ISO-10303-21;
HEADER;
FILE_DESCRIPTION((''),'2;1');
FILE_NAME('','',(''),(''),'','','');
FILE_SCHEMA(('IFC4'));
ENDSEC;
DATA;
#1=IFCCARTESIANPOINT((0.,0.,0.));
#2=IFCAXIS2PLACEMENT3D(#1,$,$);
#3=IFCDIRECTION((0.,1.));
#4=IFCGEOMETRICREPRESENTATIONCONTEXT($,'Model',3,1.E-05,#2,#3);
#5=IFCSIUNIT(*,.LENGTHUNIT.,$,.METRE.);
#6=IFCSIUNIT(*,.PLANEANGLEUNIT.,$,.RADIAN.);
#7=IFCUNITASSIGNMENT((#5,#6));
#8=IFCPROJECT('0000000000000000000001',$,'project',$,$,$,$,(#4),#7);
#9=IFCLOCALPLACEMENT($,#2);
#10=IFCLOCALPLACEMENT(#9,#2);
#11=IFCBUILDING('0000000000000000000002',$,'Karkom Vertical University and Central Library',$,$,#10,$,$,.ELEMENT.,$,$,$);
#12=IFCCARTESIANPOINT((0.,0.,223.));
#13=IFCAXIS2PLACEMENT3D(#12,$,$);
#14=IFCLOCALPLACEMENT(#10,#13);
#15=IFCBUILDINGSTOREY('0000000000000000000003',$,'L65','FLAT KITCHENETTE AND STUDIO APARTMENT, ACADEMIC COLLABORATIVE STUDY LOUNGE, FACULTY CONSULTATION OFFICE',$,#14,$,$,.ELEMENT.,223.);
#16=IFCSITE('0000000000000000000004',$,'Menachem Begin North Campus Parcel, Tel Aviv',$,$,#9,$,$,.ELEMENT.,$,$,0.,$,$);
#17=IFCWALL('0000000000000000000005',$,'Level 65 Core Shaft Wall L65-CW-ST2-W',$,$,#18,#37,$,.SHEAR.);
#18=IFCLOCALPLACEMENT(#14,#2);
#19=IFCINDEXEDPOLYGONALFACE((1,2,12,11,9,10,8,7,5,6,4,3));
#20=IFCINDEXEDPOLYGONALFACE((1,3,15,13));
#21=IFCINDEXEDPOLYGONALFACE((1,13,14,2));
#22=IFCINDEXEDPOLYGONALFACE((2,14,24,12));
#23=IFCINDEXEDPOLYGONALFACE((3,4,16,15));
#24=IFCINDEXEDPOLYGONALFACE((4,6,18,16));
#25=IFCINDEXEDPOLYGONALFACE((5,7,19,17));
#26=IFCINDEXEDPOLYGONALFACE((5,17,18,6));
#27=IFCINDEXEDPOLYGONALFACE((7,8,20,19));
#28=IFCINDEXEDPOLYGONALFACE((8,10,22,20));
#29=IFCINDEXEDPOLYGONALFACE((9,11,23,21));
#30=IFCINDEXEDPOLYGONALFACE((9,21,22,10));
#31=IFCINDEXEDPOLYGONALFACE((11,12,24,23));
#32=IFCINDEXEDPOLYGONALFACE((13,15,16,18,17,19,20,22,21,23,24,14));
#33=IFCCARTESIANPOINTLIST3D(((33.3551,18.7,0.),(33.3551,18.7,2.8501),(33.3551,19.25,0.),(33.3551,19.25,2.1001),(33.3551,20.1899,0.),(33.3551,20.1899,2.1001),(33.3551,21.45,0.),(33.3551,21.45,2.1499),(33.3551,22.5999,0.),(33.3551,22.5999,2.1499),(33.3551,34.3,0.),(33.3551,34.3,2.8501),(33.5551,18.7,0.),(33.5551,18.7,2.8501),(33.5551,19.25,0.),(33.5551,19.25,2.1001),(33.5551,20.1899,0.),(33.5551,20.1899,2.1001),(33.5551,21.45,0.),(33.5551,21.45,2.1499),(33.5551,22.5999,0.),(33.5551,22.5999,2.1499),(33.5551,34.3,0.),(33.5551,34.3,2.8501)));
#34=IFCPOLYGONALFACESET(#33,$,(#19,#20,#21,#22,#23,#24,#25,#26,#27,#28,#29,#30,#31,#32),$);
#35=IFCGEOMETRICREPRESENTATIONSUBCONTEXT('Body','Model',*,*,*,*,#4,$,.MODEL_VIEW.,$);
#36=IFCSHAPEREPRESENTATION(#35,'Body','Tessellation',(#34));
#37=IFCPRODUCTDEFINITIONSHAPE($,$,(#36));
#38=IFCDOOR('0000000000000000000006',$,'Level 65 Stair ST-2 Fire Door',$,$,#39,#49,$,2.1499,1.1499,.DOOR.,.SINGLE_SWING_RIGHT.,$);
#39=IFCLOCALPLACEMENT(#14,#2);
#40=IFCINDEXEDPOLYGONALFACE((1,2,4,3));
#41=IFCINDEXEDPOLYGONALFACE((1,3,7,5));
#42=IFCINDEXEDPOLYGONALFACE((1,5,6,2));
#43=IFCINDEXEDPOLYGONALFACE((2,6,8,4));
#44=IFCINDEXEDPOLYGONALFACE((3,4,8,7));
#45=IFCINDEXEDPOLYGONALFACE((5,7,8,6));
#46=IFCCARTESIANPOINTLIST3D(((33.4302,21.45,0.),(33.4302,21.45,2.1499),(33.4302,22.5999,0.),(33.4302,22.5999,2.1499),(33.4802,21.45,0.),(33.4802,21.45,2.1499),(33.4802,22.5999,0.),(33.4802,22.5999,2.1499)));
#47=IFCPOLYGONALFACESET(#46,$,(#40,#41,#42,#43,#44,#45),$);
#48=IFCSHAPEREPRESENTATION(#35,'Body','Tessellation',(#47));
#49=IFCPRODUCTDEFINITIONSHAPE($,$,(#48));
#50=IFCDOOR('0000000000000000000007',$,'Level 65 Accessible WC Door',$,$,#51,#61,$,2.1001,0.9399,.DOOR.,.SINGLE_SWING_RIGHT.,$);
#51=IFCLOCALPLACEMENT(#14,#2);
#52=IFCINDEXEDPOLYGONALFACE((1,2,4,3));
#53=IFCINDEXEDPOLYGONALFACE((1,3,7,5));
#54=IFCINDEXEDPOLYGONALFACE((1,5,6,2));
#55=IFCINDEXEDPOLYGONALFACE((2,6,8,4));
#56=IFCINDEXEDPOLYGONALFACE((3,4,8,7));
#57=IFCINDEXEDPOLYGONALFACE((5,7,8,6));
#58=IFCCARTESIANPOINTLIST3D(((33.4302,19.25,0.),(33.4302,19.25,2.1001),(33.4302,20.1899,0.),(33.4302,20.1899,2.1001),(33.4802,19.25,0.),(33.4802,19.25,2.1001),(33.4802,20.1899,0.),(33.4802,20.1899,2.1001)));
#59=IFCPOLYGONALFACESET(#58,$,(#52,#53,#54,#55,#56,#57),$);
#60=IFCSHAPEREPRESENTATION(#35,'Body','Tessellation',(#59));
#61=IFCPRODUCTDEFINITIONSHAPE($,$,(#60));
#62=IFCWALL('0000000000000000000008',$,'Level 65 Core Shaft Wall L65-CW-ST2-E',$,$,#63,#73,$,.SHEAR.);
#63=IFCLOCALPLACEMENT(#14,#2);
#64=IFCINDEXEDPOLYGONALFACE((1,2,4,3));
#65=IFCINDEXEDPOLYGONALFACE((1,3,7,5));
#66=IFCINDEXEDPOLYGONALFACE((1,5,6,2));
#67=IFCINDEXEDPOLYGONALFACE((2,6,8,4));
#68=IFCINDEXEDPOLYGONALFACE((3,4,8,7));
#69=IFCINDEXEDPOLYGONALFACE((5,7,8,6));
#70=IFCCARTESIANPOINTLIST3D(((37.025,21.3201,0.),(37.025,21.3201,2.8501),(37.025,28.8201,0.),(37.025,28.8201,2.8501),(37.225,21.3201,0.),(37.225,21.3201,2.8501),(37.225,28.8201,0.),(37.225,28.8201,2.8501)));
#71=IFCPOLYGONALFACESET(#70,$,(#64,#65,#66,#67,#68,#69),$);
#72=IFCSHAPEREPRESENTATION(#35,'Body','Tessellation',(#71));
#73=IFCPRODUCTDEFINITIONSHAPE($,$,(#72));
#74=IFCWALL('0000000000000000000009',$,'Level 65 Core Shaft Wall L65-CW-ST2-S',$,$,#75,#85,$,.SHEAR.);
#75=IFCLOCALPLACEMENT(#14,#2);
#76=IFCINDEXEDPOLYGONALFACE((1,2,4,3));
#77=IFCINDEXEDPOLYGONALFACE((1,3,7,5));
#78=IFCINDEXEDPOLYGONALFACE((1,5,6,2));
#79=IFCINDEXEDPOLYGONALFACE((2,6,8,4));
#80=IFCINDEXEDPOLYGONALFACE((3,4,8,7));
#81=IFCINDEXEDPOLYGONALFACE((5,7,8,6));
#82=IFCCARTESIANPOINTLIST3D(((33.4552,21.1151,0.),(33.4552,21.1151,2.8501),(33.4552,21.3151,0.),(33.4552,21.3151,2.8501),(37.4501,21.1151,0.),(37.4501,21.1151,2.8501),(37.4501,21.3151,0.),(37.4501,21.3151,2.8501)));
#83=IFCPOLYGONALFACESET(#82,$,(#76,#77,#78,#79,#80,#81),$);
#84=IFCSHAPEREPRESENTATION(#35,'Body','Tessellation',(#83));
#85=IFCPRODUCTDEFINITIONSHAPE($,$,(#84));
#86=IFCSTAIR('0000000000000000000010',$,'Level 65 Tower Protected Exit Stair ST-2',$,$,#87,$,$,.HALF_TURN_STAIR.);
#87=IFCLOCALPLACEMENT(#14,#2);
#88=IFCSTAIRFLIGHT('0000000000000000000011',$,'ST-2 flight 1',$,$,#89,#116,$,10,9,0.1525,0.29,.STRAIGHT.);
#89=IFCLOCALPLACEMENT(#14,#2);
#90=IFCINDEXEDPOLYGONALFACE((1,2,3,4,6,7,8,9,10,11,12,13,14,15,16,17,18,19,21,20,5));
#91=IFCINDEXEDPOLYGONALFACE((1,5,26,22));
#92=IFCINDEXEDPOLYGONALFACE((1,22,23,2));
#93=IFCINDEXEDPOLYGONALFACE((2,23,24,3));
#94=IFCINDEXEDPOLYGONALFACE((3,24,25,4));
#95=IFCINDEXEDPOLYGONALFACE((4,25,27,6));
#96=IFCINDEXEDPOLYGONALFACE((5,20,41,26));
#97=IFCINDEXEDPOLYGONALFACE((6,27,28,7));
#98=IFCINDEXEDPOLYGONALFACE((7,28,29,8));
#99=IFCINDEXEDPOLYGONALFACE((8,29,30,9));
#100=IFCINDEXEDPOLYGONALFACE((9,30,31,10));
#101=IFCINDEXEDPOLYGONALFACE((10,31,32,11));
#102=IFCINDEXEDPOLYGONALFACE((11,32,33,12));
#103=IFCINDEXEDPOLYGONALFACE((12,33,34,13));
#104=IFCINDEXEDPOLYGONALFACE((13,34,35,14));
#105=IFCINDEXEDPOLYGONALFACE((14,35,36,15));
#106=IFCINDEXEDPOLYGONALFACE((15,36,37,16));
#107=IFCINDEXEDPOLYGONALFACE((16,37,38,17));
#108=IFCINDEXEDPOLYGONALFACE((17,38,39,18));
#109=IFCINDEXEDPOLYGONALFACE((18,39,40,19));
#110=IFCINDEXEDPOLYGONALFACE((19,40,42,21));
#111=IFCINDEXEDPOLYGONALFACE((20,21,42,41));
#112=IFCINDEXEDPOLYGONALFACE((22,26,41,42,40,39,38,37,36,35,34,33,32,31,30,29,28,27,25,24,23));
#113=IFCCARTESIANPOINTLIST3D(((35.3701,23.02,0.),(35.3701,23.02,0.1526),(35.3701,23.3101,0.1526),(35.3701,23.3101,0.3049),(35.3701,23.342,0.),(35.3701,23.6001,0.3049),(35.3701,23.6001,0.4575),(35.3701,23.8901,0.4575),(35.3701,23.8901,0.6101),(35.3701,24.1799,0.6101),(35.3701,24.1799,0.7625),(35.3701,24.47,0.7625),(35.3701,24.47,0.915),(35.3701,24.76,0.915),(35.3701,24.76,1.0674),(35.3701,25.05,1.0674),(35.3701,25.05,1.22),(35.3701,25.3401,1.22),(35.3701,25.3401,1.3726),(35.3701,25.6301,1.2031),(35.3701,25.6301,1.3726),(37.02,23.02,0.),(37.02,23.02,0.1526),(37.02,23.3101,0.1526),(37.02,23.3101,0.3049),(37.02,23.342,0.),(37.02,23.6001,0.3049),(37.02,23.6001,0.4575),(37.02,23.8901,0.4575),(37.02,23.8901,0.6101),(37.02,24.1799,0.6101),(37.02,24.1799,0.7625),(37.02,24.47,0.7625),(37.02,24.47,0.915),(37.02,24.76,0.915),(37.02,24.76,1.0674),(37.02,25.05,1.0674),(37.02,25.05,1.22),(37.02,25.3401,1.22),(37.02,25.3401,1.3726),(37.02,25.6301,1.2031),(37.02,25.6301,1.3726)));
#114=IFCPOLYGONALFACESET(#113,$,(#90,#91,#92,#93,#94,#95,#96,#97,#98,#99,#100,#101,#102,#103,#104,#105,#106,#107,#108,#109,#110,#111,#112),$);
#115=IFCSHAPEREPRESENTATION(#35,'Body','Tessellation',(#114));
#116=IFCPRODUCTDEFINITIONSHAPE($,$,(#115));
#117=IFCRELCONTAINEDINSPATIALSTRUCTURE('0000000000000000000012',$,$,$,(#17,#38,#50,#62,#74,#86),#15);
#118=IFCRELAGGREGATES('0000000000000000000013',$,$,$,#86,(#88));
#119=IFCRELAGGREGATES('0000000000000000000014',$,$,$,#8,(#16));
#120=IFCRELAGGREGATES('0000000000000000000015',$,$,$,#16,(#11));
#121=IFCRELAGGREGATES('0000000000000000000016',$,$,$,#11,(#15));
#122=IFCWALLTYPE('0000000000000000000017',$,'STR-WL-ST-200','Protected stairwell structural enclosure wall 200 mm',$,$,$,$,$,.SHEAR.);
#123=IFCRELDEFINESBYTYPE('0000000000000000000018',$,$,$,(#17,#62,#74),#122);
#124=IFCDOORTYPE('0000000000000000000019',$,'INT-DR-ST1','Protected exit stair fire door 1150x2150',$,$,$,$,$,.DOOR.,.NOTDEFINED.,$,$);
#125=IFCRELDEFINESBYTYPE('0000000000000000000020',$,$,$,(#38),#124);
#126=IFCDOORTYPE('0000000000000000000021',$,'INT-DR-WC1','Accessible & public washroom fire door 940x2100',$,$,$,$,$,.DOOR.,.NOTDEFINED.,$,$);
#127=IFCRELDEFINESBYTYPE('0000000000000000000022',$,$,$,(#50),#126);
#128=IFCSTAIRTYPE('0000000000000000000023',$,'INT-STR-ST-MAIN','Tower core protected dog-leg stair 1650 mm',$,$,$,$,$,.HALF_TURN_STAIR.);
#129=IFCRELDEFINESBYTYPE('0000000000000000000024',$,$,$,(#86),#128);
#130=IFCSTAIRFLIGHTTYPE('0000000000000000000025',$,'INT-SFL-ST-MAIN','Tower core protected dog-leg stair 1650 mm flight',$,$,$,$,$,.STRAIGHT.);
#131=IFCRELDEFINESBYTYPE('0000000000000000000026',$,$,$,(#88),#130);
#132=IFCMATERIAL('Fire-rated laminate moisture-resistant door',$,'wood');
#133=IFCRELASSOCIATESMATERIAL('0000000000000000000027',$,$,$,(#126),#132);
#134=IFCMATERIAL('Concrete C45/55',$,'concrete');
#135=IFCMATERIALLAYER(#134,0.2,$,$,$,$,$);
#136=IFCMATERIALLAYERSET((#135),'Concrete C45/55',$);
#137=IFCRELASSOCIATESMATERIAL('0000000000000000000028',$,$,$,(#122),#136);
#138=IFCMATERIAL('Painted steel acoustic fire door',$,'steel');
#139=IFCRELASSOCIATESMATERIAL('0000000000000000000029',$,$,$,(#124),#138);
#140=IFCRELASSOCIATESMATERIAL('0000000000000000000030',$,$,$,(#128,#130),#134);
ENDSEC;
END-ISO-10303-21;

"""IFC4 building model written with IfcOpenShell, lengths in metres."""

from ifc_helpers import new_model, si_unit, direction, frame, frame_2d, origin, origin_with_axes, place, context, subcontext, project, spatial, polyline, rectangle, outline, extrude, source, transform, mapped, material, layer, layer_set, type_object, element, fill, aggregate, save


model = new_model("IFC4")

# Units and contexts
model_context = context("Model", 3, precision=1e-05, world=origin(), true_north=direction((0.0, 1.0)))
body_context = subcontext(model_context, "Body", "Model", "MODEL_VIEW")
ifc_project = project(units=[si_unit("LENGTHUNIT", "METRE"), si_unit("PLANEANGLEUNIT", "RADIAN")], contexts=[model_context])

# Site, building, storey
site_placement = place(None, origin())
site = spatial("IfcSite", under=ifc_project, at=site_placement, Name="Menachem Begin North Campus Parcel, Tel Aviv", CompositionType="ELEMENT", RefElevation=0.0)
building_placement = place(site_placement, origin())
building = spatial("IfcBuilding", under=site, at=building_placement, Name="Karkom Vertical University and Central Library", CompositionType="ELEMENT")
storey_placement = place(building_placement, frame((0.0, 0.0, 223.0)))
storey = spatial("IfcBuildingStorey", under=building, at=storey_placement, Name="L65", Description="FLAT KITCHENETTE AND STUDIO APARTMENT, ACADEMIC COLLABORATIVE STUDY LOUNGE, FACULTY CONSULTATION OFFICE", CompositionType="ELEMENT", Elevation=223.0)

# Shared definitions
ifc_material_1 = material(Name="Fire-rated laminate moisture-resistant door", Category="wood")
door_type_1 = type_object("IfcDoorType", Name="INT-DR-WC1", Description="Accessible & public washroom fire door 940x2100", OperationType="NOTDEFINED", PredefinedType="DOOR", material=ifc_material_1)
shared_shape_1 = source(origin_with_axes(), body_context, "Body", "SweptSolid", [
    extrude(rectangle(XDim=0.9399, YDim=2.1001, at=frame_2d((0.47, 1.05))), frame((0.0, 0.0249, 0.0), z_axis=(0.0, -1.0, 0.0), x_axis=(1.0, 0.0, 0.0)), (0.0, 0.0, 1.0), 0.05),
])

# Shared definitions
ifc_material_2 = material(Name="Concrete C45/55", Category="concrete")

# Wall, openings, doors
ifc_layer_1 = layer(ifc_material_2, 0.2)
ifc_layer_set_1 = layer_set([ifc_layer_1], Name="Concrete C45/55")
wall_type_1 = type_object("IfcWallType", Name="STR-WL-ST-200", Description="Protected stairwell structural enclosure wall 200 mm", PredefinedType="SHEAR", material=ifc_layer_set_1)
wall_1_placement = place(storey_placement, frame((33.4551, 18.7, 0.0), z_axis=(0.0, 0.0, 1.0), x_axis=(0.0, 1.0, 0.0)))
wall_1 = element("IfcWall", 1, at=wall_1_placement, inside=storey, type_object=wall_type_1, Name="Level 65 Core Shaft Wall L65-CW-ST2-W", PredefinedType="SHEAR", context=body_context, shape_type="SweptSolid", body=[
    extrude(rectangle(XDim=15.6001, YDim=0.2, at=frame_2d((7.8, 0.0))), origin(), (0.0, 0.0, 1.0), 2.8501),
])
opening_1_placement = place(wall_1_placement, frame((2.75, 0.0, 0.0)))
opening_1 = element("IfcOpeningElement", 2, at=opening_1_placement, cuts=wall_1, PredefinedType="OPENING", context=body_context, shape_type="SweptSolid", body=[
    extrude(rectangle(XDim=1.1499, YDim=2.1499, at=frame_2d((0.575, 1.075))), frame((0.0, 0.1099, 0.0), z_axis=(0.0, -1.0, 0.0), x_axis=(1.0, 0.0, 0.0)), (0.0, 0.0, 1.0), 0.22),
])
opening_2_placement = place(wall_1_placement, frame((0.55, 0.0, 0.0)))
opening_2 = element("IfcOpeningElement", 3, at=opening_2_placement, cuts=wall_1, PredefinedType="OPENING", context=body_context, shape_type="SweptSolid", body=[
    extrude(rectangle(XDim=0.9399, YDim=2.1001, at=frame_2d((0.47, 1.05))), frame((0.0, 0.1099, 0.0), z_axis=(0.0, -1.0, 0.0), x_axis=(1.0, 0.0, 0.0)), (0.0, 0.0, 1.0), 0.22),
])
ifc_material_3 = material(Name="Painted steel acoustic fire door", Category="steel")
door_type_2 = type_object("IfcDoorType", Name="INT-DR-ST1", Description="Protected exit stair fire door 1150x2150", OperationType="NOTDEFINED", PredefinedType="DOOR", material=ifc_material_3)
shared_shape_2 = source(origin_with_axes(), body_context, "Body", "SweptSolid", [
    extrude(rectangle(XDim=1.1499, YDim=2.1499, at=frame_2d((0.575, 1.075))), frame((0.0, 0.0249, 0.0), z_axis=(0.0, -1.0, 0.0), x_axis=(1.0, 0.0, 0.0)), (0.0, 0.0, 1.0), 0.05),
])
door_1_placement = place(opening_1_placement, origin())
door_1 = element("IfcDoor", 4, at=door_1_placement, inside=storey, type_object=door_type_2, Name="Level 65 Stair ST-2 Fire Door", OperationType="SINGLE_SWING_RIGHT", OverallHeight=2.1499, OverallWidth=1.1499, PredefinedType="DOOR", context=body_context, shape_type="MappedRepresentation", body=[
    mapped(shared_shape_2, transform((0.0, 0.0, 0.0), scale=1.0)),
])
fill(opening_1, door_1)
door_2_placement = place(opening_2_placement, origin())
door_2 = element("IfcDoor", 5, at=door_2_placement, inside=storey, type_object=door_type_1, Name="Level 65 Accessible WC Door", OperationType="SINGLE_SWING_RIGHT", OverallHeight=2.1001, OverallWidth=0.9399, PredefinedType="DOOR", context=body_context, shape_type="MappedRepresentation", body=[
    mapped(shared_shape_1, transform((0.0, 0.0, 0.0), scale=1.0)),
])
fill(opening_2, door_2)

# Walls
wall_2_placement = place(storey_placement, frame((37.125, 21.3201, 0.0), z_axis=(0.0, 0.0, 1.0), x_axis=(0.0, 1.0, 0.0)))
element("IfcWall", 6, at=wall_2_placement, inside=storey, type_object=wall_type_1, Name="Level 65 Core Shaft Wall L65-CW-ST2-E", PredefinedType="SHEAR", context=body_context, shape_type="SweptSolid", body=[
    extrude(rectangle(XDim=7.5, YDim=0.2, at=frame_2d((3.75, 0.0))), origin(), (0.0, 0.0, 1.0), 2.8501),
])
wall_3_placement = place(storey_placement, frame((33.4551, 21.2151, 0.0), z_axis=(0.0, 0.0, 1.0), x_axis=(1.0, 0.0, 0.0)))
element("IfcWall", 7, at=wall_3_placement, inside=storey, type_object=wall_type_1, Name="Level 65 Core Shaft Wall L65-CW-ST2-S", PredefinedType="SHEAR", context=body_context, shape_type="SweptSolid", body=[
    extrude(rectangle(XDim=3.9949, YDim=0.2, at=frame_2d((1.9976, 0.0))), origin(), (0.0, 0.0, 1.0), 2.8501),
])

# Stair, stair flight
stair_type = type_object("IfcStairType", Name="INT-STR-ST-MAIN", Description="Tower core protected dog-leg stair 1650 mm", PredefinedType="HALF_TURN_STAIR", material=ifc_material_2)
stair_placement = place(storey_placement, origin())
stair = element("IfcStair", 8, at=stair_placement, inside=storey, type_object=stair_type, Name="Level 65 Tower Protected Exit Stair ST-2", PredefinedType="HALF_TURN_STAIR")
stair_flight_type = type_object("IfcStairFlightType", Name="INT-SFL-ST-MAIN", Description="Tower core protected dog-leg stair 1650 mm flight", PredefinedType="STRAIGHT", material=ifc_material_2)
stair_flight_placement = place(storey_placement, frame((36.1951, 23.02, 0.0), z_axis=(0.0, 0.0, 1.0), x_axis=(0.0, 1.0, 0.0)))
stair_flight = element("IfcStairFlight", 9, at=stair_flight_placement, type_object=stair_flight_type, Name="ST-2 flight 1", NumberOfRisers=10, NumberOfTreads=9, PredefinedType="STRAIGHT", RiserHeight=0.1525, TreadLength=0.29, context=body_context, shape_type="SweptSolid", body=[
    extrude(outline(polyline([(0.0, 0.0), (0.0, 0.1526), (0.29, 0.1526), (0.29, 0.3049), (0.5801, 0.3049), (0.5801, 0.4575), (0.8701, 0.4575), (0.8701, 0.6101), (1.1599, 0.6101), (1.1599, 0.7625), (1.45, 0.7625), (1.45, 0.915), (1.74, 0.915), (1.74, 1.0674), (2.03, 1.0674), (2.03, 1.22), (2.3201, 1.22), (2.3201, 1.3726), (2.6101, 1.3726), (2.6101, 1.5249), (2.6101, 1.2031), (0.322, 0.0), (0.0, 0.0)])), frame((0.0, 0.825, 0.0), z_axis=(0.0, -1.0, 0.0), x_axis=(1.0, 0.0, 0.0)), (0.0, 0.0, 1.0), 1.6499),
])
aggregate(stair, [stair_flight])

save(model, "model.ifc")
